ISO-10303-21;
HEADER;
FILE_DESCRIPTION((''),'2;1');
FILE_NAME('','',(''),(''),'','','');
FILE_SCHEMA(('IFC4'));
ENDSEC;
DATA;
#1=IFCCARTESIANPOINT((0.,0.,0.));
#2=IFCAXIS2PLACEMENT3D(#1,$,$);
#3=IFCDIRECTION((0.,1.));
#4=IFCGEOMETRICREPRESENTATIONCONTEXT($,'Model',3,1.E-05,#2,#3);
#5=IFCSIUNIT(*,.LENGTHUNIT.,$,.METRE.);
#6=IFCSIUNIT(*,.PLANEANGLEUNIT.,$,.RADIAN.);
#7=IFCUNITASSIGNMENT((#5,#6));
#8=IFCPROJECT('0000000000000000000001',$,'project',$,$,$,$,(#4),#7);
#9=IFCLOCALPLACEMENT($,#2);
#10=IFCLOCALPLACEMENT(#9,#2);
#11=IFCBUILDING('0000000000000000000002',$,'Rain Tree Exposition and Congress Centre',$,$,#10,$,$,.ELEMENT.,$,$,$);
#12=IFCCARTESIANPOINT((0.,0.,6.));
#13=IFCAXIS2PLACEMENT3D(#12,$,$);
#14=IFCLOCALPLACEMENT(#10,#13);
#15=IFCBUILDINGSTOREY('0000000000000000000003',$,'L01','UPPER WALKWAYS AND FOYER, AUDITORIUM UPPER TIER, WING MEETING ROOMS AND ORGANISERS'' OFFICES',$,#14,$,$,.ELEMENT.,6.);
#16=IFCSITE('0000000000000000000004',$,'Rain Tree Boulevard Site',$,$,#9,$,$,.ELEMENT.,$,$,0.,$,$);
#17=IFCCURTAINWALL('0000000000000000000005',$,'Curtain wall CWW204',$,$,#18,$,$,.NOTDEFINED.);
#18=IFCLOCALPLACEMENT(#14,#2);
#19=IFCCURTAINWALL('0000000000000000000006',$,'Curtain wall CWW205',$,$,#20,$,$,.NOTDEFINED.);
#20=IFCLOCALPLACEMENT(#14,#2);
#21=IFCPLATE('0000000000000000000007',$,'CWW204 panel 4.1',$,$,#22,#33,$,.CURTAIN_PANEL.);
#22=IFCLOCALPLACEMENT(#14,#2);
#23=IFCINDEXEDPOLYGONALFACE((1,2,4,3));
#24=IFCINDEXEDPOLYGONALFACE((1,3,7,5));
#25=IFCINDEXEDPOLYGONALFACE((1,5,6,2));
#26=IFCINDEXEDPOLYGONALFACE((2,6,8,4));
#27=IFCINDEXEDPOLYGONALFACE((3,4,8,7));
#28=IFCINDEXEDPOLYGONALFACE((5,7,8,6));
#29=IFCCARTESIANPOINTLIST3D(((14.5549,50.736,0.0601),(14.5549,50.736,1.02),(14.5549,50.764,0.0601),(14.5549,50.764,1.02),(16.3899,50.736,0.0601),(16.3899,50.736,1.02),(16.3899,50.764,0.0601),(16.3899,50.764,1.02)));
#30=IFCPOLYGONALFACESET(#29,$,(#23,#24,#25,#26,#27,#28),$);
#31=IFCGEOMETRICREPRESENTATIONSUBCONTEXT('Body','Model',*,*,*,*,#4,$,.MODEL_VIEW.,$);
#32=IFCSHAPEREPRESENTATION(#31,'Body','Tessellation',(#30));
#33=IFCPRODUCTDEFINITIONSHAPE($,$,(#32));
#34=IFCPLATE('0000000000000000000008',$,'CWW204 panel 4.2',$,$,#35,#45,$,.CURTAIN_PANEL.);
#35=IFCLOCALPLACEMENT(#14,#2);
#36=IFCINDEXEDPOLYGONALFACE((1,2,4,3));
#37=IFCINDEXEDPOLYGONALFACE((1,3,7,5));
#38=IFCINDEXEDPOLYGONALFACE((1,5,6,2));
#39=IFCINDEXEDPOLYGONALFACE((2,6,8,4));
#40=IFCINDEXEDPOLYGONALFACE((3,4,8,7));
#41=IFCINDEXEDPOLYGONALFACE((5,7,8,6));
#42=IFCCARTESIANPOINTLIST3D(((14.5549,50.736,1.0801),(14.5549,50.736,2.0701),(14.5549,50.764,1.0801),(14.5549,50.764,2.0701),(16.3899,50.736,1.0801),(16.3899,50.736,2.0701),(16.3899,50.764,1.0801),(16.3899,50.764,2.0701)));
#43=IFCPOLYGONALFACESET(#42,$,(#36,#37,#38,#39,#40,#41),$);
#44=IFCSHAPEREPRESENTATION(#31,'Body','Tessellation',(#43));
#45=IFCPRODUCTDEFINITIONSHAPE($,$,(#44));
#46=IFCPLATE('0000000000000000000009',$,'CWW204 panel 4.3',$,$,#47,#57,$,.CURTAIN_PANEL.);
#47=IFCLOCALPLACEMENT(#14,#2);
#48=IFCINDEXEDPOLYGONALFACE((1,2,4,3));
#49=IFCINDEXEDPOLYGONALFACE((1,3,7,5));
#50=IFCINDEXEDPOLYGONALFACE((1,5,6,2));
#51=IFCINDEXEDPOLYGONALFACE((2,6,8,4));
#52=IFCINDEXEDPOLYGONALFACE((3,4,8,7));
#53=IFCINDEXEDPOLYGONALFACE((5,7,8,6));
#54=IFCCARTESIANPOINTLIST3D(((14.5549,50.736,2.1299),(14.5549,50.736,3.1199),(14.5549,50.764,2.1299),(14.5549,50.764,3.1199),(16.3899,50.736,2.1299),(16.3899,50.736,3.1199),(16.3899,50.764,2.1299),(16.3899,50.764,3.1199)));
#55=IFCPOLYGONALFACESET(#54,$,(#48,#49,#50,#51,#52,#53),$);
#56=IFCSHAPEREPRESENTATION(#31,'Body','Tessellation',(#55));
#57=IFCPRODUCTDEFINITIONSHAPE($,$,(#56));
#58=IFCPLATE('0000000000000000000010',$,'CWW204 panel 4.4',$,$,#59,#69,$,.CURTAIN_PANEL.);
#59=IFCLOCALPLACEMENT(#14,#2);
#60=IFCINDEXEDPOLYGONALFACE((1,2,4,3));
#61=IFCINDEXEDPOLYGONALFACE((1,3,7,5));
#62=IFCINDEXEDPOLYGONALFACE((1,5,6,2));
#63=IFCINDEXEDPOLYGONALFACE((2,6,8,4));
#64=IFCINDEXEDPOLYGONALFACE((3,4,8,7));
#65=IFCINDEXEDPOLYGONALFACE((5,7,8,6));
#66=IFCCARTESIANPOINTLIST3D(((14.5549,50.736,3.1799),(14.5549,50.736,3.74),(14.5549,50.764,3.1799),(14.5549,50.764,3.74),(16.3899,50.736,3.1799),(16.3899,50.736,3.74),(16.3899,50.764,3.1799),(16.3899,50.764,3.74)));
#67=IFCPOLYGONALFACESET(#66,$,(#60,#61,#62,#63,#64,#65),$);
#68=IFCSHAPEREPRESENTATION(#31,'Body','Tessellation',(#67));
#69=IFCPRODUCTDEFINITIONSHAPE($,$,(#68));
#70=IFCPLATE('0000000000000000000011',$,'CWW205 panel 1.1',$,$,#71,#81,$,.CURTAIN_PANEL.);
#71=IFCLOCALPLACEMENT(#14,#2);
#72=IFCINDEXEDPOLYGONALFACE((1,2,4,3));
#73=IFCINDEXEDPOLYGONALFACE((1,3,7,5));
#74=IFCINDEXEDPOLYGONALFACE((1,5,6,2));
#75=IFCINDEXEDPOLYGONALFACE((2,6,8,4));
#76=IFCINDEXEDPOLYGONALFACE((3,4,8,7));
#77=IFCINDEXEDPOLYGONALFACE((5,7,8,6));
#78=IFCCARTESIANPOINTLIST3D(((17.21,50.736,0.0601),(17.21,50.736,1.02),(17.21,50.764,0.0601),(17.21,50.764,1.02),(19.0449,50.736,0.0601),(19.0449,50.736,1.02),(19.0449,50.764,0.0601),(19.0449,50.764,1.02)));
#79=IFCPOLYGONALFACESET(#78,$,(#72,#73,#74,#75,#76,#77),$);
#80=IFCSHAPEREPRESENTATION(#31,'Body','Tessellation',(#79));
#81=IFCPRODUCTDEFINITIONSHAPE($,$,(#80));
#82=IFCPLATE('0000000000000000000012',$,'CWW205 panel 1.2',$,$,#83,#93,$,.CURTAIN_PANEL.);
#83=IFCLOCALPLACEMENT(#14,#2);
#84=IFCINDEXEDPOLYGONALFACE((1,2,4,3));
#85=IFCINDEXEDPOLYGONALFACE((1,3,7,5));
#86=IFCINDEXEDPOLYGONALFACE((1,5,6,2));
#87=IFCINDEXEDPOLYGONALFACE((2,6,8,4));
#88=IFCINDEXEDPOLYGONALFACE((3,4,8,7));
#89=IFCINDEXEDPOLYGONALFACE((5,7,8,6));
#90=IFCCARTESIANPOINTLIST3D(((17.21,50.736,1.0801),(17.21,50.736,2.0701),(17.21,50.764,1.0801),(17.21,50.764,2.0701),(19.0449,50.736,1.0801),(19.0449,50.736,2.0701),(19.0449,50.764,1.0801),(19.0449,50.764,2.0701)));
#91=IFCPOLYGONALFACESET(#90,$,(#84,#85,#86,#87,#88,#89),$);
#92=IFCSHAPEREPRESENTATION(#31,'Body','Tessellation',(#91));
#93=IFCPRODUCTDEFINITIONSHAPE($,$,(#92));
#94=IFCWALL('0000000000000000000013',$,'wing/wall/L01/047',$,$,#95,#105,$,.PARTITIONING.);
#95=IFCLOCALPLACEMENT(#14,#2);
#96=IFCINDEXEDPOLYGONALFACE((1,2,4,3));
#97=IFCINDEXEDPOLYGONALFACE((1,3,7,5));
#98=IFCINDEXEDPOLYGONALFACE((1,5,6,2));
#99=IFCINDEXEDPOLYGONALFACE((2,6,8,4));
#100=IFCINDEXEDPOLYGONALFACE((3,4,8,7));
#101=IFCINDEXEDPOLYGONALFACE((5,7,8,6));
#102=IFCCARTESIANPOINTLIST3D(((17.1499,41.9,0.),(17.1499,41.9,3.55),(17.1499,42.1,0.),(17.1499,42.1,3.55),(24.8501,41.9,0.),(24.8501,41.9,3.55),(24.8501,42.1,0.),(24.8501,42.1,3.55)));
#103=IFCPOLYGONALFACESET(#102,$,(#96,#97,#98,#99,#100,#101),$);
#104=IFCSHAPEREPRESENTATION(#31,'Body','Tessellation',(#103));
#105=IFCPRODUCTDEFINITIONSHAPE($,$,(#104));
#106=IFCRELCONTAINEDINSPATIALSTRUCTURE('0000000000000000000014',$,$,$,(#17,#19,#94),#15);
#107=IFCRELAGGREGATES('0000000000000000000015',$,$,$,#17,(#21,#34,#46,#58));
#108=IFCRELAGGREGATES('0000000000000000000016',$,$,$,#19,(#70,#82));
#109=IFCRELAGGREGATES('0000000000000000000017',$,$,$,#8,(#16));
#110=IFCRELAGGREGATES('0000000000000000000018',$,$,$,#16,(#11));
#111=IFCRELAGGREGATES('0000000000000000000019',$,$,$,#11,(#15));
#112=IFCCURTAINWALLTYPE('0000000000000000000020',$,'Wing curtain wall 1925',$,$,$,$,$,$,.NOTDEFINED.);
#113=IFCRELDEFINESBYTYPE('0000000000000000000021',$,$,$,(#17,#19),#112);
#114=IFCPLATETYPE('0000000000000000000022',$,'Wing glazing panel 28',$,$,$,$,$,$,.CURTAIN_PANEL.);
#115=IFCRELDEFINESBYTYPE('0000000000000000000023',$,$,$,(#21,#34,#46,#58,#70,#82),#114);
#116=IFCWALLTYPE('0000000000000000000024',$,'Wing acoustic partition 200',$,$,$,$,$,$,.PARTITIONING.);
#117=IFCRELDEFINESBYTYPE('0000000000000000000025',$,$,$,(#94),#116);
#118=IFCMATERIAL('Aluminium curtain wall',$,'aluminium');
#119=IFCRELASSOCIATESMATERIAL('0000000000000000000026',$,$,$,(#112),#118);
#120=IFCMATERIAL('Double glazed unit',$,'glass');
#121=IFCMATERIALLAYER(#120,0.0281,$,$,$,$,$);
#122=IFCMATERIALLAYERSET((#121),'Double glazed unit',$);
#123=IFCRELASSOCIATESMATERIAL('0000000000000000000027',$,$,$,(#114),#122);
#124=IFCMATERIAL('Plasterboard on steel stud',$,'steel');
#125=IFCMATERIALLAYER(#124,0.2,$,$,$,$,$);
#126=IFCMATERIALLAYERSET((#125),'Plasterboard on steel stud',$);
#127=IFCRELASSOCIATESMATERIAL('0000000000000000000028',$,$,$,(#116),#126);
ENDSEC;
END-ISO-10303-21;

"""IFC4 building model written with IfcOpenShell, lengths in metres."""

from ifc_helpers import new_model, si_unit, direction, frame, frame_2d, origin, origin_2d, place, context, subcontext, project, spatial, rectangle, extrude, material, layer, layer_set, type_object, element, aggregate, save


model = new_model("IFC4")

# Units and contexts
model_context = context("Model", 3, precision=1e-05, world=origin(), true_north=direction((0.0, 1.0)))
body_context = subcontext(model_context, "Body", "Model", "MODEL_VIEW")
ifc_project = project(units=[si_unit("LENGTHUNIT", "METRE"), si_unit("PLANEANGLEUNIT", "RADIAN")], contexts=[model_context])

# Site, building, storey
site_placement = place(None, origin())
site = spatial("IfcSite", under=ifc_project, at=site_placement, Name="Rain Tree Boulevard Site", CompositionType="ELEMENT", RefElevation=0.0)
building_placement = place(site_placement, origin())
building = spatial("IfcBuilding", under=site, at=building_placement, Name="Rain Tree Exposition and Congress Centre", CompositionType="ELEMENT")
storey_placement = place(building_placement, frame((0.0, 0.0, 6.0)))
storey = spatial("IfcBuildingStorey", under=building, at=storey_placement, Name="L01", Description="UPPER WALKWAYS AND FOYER, AUDITORIUM UPPER TIER, WING MEETING ROOMS AND ORGANISERS' OFFICES", CompositionType="ELEMENT", Elevation=6.0)

# Curtain wall
ifc_material_1 = material(Name="Aluminium curtain wall", Category="aluminium")
curtain_wall_type = type_object("IfcCurtainWallType", Name="Wing curtain wall 1925", PredefinedType="NOTDEFINED", material=ifc_material_1)
curtain_wall_1_placement = place(storey_placement, origin())
curtain_wall_1 = element("IfcCurtainWall", 1, at=curtain_wall_1_placement, inside=storey, type_object=curtain_wall_type, Name="Curtain wall CWW204", PredefinedType="NOTDEFINED")

# Curtain wall
curtain_wall_2_placement = place(storey_placement, origin())
curtain_wall_2 = element("IfcCurtainWall", 2, at=curtain_wall_2_placement, inside=storey, type_object=curtain_wall_type, Name="Curtain wall CWW205", PredefinedType="NOTDEFINED")

# Plates
ifc_material_2 = material(Name="Double glazed unit", Category="glass")
ifc_layer_1 = layer(ifc_material_2, 0.0281)
ifc_layer_set_1 = layer_set([ifc_layer_1], Name="Double glazed unit")
plate_type = type_object("IfcPlateType", Name="Wing glazing panel 28", PredefinedType="CURTAIN_PANEL", material=ifc_layer_set_1)
plate_1_placement = place(storey_placement, frame((15.4724, 50.75, 0.0601), z_axis=(0.0, 0.0, 1.0), x_axis=(1.0, 0.0, 0.0)))
plate_1 = element("IfcPlate", 3, at=plate_1_placement, type_object=plate_type, Name="CWW204 panel 4.1", PredefinedType="CURTAIN_PANEL", context=body_context, shape_type="SweptSolid", body=[
    extrude(rectangle(XDim=1.835, YDim=0.0281, at=origin_2d()), origin(), (0.0, 0.0, 1.0), 0.96),
])
plate_2_placement = place(storey_placement, frame((15.4724, 50.75, 1.0801), z_axis=(0.0, 0.0, 1.0), x_axis=(1.0, 0.0, 0.0)))
plate_2 = element("IfcPlate", 4, at=plate_2_placement, type_object=plate_type, Name="CWW204 panel 4.2", PredefinedType="CURTAIN_PANEL", context=body_context, shape_type="SweptSolid", body=[
    extrude(rectangle(XDim=1.835, YDim=0.0281, at=origin_2d()), origin(), (0.0, 0.0, 1.0), 0.99),
])
plate_3_placement = place(storey_placement, frame((15.4724, 50.75, 2.1299), z_axis=(0.0, 0.0, 1.0), x_axis=(1.0, 0.0, 0.0)))
plate_3 = element("IfcPlate", 5, at=plate_3_placement, type_object=plate_type, Name="CWW204 panel 4.3", PredefinedType="CURTAIN_PANEL", context=body_context, shape_type="SweptSolid", body=[
    extrude(rectangle(XDim=1.835, YDim=0.0281, at=origin_2d()), origin(), (0.0, 0.0, 1.0), 0.99),
])
plate_4_placement = place(storey_placement, frame((15.4724, 50.75, 3.1799), z_axis=(0.0, 0.0, 1.0), x_axis=(1.0, 0.0, 0.0)))
plate_4 = element("IfcPlate", 6, at=plate_4_placement, type_object=plate_type, Name="CWW204 panel 4.4", PredefinedType="CURTAIN_PANEL", context=body_context, shape_type="SweptSolid", body=[
    extrude(rectangle(XDim=1.835, YDim=0.0281, at=origin_2d()), origin(), (0.0, 0.0, 1.0), 0.5601),
])
aggregate(curtain_wall_1, [plate_1, plate_2, plate_3, plate_4])
plate_5_placement = place(storey_placement, frame((18.1274, 50.75, 0.0601), z_axis=(0.0, 0.0, 1.0), x_axis=(1.0, 0.0, 0.0)))
plate_5 = element("IfcPlate", 7, at=plate_5_placement, type_object=plate_type, Name="CWW205 panel 1.1", PredefinedType="CURTAIN_PANEL", context=body_context, shape_type="SweptSolid", body=[
    extrude(rectangle(XDim=1.835, YDim=0.0281, at=origin_2d()), origin(), (0.0, 0.0, 1.0), 0.96),
])
plate_6_placement = place(storey_placement, frame((18.1274, 50.75, 1.0801), z_axis=(0.0, 0.0, 1.0), x_axis=(1.0, 0.0, 0.0)))
plate_6 = element("IfcPlate", 8, at=plate_6_placement, type_object=plate_type, Name="CWW205 panel 1.2", PredefinedType="CURTAIN_PANEL", context=body_context, shape_type="SweptSolid", body=[
    extrude(rectangle(XDim=1.835, YDim=0.0281, at=origin_2d()), origin(), (0.0, 0.0, 1.0), 0.99),
])
aggregate(curtain_wall_2, [plate_5, plate_6])

# Wall
ifc_material_3 = material(Name="Plasterboard on steel stud", Category="steel")
ifc_layer_2 = layer(ifc_material_3, 0.2)
ifc_layer_set_2 = layer_set([ifc_layer_2], Name="Plasterboard on steel stud")
wall_type_1 = type_object("IfcWallType", Name="Wing acoustic partition 200", PredefinedType="PARTITIONING", material=ifc_layer_set_2)
wall_1_placement = place(storey_placement, frame((17.1499, 42.0, 0.0), z_axis=(0.0, 0.0, 1.0), x_axis=(1.0, 0.0, 0.0)))
element("IfcWall", 9, at=wall_1_placement, inside=storey, type_object=wall_type_1, Name="wing/wall/L01/047", PredefinedType="PARTITIONING", context=body_context, shape_type="SweptSolid", body=[
    extrude(rectangle(XDim=7.7002, YDim=0.2, at=frame_2d((3.8501, 0.0))), origin(), (0.0, 0.0, 1.0), 3.55),
])

save(model, "model.ifc")
